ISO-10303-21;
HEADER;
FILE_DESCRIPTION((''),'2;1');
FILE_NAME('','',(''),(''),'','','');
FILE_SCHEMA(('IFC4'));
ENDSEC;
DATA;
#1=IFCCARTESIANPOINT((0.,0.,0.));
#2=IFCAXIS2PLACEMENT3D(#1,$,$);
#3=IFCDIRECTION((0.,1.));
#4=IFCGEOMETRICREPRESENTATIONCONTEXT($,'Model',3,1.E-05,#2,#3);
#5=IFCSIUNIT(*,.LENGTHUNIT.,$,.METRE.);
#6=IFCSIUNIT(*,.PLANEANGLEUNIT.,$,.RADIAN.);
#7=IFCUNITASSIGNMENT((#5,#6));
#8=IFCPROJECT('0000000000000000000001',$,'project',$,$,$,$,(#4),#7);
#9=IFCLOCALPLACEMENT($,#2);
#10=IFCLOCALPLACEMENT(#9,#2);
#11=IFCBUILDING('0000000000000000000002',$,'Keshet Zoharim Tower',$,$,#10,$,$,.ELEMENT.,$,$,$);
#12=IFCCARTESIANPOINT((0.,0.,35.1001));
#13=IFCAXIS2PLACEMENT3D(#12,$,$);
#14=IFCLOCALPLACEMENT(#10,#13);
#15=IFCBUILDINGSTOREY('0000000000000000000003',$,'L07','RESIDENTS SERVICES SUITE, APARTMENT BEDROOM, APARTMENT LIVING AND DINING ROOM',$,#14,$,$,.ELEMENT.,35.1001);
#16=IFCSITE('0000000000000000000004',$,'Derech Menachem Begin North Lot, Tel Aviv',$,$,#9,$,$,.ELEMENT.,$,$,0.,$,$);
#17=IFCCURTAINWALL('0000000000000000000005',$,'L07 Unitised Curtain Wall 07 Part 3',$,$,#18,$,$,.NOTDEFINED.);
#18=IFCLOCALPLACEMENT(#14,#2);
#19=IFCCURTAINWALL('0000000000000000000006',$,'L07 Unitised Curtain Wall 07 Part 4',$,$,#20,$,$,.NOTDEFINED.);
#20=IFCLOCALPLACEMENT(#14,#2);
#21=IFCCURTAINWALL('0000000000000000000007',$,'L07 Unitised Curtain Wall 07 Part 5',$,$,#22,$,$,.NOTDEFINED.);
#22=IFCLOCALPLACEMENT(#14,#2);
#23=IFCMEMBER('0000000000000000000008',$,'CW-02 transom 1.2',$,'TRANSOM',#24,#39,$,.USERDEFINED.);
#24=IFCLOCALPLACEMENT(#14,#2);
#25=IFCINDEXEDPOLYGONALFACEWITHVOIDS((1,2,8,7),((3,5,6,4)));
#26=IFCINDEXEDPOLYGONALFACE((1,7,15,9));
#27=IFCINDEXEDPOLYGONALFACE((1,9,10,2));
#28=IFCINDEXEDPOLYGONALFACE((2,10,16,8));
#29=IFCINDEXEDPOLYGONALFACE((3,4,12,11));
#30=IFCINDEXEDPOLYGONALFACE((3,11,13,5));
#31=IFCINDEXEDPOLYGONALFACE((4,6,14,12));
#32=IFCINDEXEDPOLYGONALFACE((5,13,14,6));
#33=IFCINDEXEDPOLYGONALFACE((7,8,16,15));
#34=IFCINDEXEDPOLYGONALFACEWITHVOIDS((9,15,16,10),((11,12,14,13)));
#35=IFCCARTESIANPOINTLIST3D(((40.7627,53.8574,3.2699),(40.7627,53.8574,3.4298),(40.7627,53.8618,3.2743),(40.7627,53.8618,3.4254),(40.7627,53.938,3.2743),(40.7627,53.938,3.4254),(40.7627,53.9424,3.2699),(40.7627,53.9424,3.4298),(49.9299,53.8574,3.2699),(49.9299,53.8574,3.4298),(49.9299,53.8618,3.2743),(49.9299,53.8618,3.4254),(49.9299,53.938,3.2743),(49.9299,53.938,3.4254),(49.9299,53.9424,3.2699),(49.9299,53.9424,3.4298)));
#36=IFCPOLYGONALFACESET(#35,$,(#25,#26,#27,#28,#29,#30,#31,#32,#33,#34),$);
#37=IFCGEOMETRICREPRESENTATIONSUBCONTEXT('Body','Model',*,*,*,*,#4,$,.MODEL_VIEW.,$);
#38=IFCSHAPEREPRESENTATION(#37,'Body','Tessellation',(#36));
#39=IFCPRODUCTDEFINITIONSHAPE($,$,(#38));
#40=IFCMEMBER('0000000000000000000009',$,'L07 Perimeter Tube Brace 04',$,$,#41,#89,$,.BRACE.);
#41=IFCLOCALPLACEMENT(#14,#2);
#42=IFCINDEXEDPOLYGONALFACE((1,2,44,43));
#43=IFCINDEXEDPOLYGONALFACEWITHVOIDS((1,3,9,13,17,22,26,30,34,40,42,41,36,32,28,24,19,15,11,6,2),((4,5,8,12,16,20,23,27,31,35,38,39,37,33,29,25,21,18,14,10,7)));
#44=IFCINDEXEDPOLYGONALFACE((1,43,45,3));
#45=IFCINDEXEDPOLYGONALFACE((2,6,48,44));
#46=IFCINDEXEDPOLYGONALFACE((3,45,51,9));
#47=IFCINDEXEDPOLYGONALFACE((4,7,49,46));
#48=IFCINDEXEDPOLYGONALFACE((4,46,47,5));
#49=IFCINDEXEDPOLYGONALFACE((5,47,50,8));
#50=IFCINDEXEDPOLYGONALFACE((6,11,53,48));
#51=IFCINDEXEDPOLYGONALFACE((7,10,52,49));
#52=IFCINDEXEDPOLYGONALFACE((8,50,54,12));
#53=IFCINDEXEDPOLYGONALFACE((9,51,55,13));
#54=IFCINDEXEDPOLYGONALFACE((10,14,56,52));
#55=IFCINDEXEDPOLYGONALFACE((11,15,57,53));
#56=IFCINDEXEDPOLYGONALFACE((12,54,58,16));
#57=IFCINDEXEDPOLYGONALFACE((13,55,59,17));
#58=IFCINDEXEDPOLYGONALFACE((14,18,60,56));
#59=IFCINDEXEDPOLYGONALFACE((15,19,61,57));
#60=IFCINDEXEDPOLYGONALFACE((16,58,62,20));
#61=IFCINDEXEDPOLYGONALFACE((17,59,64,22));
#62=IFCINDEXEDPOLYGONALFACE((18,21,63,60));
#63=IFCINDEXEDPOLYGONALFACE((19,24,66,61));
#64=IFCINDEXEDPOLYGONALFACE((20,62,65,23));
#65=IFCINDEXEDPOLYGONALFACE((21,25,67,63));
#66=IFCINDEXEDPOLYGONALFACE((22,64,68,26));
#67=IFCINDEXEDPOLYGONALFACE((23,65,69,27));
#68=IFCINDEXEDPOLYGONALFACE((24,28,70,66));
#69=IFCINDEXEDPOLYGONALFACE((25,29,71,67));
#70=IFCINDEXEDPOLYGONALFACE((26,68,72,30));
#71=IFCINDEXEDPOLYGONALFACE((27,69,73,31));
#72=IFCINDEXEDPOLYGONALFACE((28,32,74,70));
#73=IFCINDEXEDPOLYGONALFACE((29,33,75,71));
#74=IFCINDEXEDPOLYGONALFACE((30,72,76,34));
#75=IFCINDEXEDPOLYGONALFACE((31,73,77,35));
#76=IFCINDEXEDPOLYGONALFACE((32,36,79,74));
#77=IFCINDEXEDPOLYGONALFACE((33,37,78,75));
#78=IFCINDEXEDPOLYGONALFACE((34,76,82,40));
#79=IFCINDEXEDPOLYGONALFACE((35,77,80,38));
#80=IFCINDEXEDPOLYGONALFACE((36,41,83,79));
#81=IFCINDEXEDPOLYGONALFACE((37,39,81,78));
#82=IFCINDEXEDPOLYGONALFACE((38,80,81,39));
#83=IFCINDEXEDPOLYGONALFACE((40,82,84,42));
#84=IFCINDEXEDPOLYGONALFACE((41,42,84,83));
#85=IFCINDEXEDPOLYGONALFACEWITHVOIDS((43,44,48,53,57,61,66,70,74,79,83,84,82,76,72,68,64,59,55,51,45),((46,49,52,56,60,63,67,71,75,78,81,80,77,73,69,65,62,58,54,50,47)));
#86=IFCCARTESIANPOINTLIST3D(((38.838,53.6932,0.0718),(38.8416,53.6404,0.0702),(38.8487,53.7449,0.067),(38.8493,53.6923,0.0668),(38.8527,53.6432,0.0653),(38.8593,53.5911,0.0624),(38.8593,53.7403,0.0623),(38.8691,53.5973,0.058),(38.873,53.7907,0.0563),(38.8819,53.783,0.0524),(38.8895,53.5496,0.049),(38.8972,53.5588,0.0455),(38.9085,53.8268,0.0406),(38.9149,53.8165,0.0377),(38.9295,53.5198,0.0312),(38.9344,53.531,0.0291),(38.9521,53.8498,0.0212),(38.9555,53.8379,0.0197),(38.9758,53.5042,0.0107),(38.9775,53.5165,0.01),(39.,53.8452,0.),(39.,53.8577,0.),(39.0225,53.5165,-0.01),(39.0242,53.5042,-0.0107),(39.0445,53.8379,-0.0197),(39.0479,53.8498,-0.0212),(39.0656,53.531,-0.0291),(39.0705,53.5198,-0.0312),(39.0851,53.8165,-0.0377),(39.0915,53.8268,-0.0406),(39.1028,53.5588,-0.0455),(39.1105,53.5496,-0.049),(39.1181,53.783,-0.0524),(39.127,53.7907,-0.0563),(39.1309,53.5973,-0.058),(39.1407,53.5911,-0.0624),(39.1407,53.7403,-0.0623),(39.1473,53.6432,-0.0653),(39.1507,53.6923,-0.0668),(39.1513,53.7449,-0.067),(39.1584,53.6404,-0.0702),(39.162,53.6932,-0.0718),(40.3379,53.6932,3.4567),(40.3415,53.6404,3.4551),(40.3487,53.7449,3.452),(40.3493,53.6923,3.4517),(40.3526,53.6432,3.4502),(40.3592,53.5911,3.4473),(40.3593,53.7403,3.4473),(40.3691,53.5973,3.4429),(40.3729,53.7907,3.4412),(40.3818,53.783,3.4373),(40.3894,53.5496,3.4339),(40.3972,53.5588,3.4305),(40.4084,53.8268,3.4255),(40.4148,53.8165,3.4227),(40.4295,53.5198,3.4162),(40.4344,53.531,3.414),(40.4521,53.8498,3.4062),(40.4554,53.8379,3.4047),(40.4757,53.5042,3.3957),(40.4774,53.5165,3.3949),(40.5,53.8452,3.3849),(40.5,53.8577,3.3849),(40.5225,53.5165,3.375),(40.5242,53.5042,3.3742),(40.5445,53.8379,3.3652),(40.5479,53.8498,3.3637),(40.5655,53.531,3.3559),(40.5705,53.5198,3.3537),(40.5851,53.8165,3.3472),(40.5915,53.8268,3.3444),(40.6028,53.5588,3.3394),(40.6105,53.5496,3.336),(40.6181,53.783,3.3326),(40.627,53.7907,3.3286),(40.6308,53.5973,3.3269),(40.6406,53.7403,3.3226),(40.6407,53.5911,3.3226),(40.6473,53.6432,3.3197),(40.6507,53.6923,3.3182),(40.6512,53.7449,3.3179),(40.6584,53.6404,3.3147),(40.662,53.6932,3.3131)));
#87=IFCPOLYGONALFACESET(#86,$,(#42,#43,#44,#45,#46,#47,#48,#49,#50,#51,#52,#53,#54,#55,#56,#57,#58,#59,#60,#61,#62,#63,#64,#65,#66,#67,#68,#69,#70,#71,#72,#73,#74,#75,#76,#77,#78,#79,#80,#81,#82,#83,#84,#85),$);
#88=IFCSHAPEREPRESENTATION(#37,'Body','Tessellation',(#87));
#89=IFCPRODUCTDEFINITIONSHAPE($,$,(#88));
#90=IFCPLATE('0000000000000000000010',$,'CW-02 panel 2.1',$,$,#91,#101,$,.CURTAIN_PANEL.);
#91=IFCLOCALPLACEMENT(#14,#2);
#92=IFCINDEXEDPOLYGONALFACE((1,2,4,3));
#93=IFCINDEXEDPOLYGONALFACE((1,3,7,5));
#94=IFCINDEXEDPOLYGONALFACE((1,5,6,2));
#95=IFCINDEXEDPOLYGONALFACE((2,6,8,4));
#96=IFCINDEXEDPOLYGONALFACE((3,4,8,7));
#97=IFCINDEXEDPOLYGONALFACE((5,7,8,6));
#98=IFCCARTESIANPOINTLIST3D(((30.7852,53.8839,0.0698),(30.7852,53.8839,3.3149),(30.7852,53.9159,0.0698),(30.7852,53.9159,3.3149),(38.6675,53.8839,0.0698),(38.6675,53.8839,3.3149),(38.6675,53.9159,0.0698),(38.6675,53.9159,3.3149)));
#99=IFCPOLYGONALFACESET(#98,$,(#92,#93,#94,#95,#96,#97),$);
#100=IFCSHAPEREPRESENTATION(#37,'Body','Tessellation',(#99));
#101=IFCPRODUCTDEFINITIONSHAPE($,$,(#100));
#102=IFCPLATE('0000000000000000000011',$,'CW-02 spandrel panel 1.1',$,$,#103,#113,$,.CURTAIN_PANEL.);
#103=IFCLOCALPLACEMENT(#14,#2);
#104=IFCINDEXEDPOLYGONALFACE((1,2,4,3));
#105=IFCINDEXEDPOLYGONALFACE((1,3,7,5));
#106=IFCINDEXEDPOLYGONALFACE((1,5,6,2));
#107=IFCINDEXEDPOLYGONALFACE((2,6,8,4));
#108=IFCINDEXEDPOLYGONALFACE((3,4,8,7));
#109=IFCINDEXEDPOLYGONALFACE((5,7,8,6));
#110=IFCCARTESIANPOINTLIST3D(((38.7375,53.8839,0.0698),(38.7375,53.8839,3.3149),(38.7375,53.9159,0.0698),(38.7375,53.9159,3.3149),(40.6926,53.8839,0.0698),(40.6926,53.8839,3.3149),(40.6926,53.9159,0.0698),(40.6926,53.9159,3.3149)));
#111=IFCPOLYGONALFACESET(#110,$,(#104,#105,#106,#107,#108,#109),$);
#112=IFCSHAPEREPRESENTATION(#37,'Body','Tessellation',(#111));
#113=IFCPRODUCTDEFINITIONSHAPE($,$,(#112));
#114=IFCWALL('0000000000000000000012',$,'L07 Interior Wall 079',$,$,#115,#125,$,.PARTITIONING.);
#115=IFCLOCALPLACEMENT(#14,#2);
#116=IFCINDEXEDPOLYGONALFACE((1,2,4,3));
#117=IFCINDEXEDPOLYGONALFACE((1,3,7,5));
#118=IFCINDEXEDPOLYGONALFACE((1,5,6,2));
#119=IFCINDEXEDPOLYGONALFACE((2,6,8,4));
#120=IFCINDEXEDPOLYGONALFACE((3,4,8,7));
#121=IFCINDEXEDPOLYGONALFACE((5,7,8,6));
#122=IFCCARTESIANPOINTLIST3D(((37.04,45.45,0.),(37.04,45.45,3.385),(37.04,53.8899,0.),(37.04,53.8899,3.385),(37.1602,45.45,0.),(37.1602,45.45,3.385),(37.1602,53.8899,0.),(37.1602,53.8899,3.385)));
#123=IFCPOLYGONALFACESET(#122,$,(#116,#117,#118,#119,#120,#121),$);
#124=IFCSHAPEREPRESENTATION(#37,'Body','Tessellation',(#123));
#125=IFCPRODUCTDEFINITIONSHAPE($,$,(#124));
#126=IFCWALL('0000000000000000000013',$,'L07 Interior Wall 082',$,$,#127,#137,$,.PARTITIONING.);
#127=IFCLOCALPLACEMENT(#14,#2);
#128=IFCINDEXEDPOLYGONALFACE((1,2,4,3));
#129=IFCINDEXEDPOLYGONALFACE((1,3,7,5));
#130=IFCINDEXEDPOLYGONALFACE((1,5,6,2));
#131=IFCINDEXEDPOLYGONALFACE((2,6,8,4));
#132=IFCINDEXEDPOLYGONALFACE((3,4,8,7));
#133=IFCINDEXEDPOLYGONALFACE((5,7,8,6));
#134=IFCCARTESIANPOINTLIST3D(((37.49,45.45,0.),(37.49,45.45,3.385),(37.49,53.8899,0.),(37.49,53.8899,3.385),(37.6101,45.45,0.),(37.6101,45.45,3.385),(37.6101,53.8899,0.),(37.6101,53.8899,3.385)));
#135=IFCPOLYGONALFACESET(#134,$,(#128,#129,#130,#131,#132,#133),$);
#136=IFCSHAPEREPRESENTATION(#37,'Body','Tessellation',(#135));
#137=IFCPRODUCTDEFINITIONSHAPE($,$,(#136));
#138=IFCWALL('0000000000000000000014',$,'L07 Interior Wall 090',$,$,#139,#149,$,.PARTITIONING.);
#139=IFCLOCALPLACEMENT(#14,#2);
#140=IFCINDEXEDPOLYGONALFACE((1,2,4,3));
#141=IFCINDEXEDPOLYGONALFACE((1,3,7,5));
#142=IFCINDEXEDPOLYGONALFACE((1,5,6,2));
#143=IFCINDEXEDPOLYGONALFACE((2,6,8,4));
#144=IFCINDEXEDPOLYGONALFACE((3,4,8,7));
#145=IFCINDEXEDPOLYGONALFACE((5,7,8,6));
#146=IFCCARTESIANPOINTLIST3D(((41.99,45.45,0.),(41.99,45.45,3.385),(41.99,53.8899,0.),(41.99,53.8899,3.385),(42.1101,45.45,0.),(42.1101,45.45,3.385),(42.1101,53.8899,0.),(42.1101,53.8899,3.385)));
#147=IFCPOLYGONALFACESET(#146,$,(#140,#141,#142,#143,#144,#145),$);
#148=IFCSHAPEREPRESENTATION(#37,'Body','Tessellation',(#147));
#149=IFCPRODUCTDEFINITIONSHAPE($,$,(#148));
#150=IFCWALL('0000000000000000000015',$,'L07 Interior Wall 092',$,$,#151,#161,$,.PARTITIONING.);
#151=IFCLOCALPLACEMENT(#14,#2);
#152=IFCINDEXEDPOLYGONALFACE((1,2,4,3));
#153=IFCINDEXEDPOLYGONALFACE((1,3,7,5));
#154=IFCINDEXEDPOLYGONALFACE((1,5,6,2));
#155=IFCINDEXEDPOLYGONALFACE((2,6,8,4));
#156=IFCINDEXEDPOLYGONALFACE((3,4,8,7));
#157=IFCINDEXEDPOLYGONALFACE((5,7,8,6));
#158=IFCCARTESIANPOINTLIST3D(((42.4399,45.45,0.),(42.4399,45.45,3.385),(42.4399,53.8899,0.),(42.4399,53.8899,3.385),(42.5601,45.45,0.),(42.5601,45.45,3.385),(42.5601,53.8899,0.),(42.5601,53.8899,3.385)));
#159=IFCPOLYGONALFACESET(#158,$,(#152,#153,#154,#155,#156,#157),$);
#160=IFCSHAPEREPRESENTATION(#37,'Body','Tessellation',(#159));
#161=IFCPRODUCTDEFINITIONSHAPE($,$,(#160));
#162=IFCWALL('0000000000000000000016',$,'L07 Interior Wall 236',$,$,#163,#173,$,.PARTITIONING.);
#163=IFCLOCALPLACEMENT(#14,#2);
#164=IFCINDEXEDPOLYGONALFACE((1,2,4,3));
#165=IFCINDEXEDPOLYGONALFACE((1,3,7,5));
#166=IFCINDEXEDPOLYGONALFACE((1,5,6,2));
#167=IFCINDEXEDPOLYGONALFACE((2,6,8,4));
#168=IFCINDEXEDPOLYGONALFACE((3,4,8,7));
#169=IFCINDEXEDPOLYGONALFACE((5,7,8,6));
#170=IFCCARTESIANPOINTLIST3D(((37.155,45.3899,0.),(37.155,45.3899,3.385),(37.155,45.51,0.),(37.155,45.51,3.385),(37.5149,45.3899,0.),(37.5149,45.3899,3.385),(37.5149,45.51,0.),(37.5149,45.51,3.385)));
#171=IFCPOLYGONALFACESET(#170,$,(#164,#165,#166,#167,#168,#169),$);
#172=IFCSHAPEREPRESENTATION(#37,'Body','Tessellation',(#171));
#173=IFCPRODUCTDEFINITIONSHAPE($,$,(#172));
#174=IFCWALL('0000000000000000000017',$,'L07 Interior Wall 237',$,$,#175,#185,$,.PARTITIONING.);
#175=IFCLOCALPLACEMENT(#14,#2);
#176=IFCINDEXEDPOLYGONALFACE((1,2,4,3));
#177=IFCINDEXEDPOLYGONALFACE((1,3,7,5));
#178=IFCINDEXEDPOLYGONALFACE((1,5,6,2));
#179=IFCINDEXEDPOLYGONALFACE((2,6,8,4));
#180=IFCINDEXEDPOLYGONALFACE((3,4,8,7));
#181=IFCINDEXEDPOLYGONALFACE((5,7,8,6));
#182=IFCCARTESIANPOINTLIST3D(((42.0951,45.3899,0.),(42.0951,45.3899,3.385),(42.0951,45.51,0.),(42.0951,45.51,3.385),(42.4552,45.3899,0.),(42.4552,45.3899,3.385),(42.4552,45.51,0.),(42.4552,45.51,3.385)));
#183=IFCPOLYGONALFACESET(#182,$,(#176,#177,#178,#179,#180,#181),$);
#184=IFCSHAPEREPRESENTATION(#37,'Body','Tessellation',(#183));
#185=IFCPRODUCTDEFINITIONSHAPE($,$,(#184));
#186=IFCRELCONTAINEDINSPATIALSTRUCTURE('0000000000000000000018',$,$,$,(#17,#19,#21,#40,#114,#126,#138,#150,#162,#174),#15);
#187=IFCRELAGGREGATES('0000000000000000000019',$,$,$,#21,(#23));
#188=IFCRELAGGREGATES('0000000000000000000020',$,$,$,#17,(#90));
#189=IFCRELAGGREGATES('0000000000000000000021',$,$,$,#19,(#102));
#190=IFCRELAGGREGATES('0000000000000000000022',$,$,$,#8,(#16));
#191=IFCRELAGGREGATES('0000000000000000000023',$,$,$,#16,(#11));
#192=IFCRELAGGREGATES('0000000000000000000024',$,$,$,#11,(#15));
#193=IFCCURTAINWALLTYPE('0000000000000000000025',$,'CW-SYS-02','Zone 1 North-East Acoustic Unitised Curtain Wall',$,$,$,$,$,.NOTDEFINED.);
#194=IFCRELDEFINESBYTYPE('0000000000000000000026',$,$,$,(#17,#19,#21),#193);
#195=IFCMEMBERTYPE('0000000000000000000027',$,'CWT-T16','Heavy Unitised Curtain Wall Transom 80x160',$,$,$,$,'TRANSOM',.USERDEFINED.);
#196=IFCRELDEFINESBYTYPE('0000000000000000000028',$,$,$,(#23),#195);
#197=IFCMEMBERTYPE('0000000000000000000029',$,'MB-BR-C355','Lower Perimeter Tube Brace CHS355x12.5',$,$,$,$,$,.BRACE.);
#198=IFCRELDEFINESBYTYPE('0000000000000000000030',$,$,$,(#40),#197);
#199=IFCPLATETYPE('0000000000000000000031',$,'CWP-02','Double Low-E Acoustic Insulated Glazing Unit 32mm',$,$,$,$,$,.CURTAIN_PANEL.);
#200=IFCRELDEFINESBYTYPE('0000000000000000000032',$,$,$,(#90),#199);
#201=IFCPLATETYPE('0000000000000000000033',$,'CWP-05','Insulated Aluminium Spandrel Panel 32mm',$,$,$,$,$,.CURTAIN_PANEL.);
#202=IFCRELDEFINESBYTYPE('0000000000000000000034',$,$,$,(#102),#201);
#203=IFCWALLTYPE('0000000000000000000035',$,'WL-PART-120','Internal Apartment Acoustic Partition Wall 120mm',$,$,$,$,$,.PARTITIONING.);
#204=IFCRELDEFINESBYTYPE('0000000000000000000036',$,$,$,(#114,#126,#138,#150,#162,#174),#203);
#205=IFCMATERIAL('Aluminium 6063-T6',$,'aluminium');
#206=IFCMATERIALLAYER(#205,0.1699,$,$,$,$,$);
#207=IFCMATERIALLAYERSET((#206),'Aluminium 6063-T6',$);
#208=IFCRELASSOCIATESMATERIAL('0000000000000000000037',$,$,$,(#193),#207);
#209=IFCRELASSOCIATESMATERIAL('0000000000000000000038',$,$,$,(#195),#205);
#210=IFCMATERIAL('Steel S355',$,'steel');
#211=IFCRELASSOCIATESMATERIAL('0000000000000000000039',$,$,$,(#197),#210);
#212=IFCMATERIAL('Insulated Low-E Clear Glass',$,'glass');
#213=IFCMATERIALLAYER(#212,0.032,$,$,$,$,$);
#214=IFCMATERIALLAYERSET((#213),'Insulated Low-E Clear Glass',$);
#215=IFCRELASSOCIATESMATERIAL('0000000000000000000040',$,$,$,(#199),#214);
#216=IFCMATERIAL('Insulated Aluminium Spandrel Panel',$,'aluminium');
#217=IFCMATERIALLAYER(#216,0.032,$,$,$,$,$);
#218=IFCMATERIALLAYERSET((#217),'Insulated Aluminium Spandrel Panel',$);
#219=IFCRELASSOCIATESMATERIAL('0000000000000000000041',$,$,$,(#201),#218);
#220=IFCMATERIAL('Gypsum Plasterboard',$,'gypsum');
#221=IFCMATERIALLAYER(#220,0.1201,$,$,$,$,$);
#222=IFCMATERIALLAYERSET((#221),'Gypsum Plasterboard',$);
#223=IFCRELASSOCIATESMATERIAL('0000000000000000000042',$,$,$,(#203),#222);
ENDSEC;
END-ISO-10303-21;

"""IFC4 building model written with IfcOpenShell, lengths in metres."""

from ifc_helpers import new_model, si_unit, direction, frame, frame_2d, origin, origin_2d, place, context, subcontext, project, spatial, rectangle, hollow_rectangle, hollow_circle, extrude, material, layer, layer_set, material_profile, profile_set, type_object, element, aggregate, save


model = new_model("IFC4")

# Units and contexts
model_context = context("Model", 3, precision=1e-05, world=origin(), true_north=direction((0.0, 1.0)))
body_context = subcontext(model_context, "Body", "Model", "MODEL_VIEW")
ifc_project = project(units=[si_unit("LENGTHUNIT", "METRE"), si_unit("PLANEANGLEUNIT", "RADIAN")], contexts=[model_context])

# Site, building, storey
site_placement = place(None, origin())
site = spatial("IfcSite", under=ifc_project, at=site_placement, Name="Derech Menachem Begin North Lot, Tel Aviv", CompositionType="ELEMENT", RefElevation=0.0)
building_placement = place(site_placement, origin())
building = spatial("IfcBuilding", under=site, at=building_placement, Name="Keshet Zoharim Tower", CompositionType="ELEMENT")
storey_placement = place(building_placement, frame((0.0, 0.0, 35.1001)))
storey = spatial("IfcBuildingStorey", under=building, at=storey_placement, Name="L07", Description="RESIDENTS SERVICES SUITE, APARTMENT BEDROOM, APARTMENT LIVING AND DINING ROOM", CompositionType="ELEMENT", Elevation=35.1001)

# Shared definitions
ifc_material_1 = material(Name="Steel S355", Category="steel")

# Curtain wall
ifc_material_2 = material(Name="Aluminium 6063-T6", Category="aluminium")
ifc_layer_1 = layer(ifc_material_2, 0.1699)
ifc_layer_set_1 = layer_set([ifc_layer_1], Name="Aluminium 6063-T6")
curtain_wall_type = type_object("IfcCurtainWallType", Name="CW-SYS-02", Description="Zone 1 North-East Acoustic Unitised Curtain Wall", PredefinedType="NOTDEFINED", material=ifc_layer_set_1)
curtain_wall_1_placement = place(storey_placement, origin())
curtain_wall_1 = element("IfcCurtainWall", 1, at=curtain_wall_1_placement, inside=storey, type_object=curtain_wall_type, Name="L07 Unitised Curtain Wall 07 Part 3", PredefinedType="NOTDEFINED")

# Curtain walls, member
curtain_wall_2_placement = place(storey_placement, origin())
curtain_wall_2 = element("IfcCurtainWall", 2, at=curtain_wall_2_placement, inside=storey, type_object=curtain_wall_type, Name="L07 Unitised Curtain Wall 07 Part 4", PredefinedType="NOTDEFINED")
ifc_material_profile_1 = material_profile(ifc_material_2, hollow_rectangle(XDim=0.085, YDim=0.1599, WallThickness=0.0044, at=origin_2d()), Name="TRN-85x160")
ifc_profile_set_1 = profile_set([ifc_material_profile_1], Name="Aluminium 6063-T6")
member_type_1 = type_object("IfcMemberType", Name="CWT-T16", Description="Heavy Unitised Curtain Wall Transom 80x160", ElementType="TRANSOM", PredefinedType="USERDEFINED", material=ifc_profile_set_1)
curtain_wall_3_placement = place(storey_placement, origin())
curtain_wall_3 = element("IfcCurtainWall", 3, at=curtain_wall_3_placement, inside=storey, type_object=curtain_wall_type, Name="L07 Unitised Curtain Wall 07 Part 5", PredefinedType="NOTDEFINED")
member_1_placement = place(storey_placement, frame((40.7627, 53.8999, 3.3499), z_axis=(1.0, 0.0, 0.0), x_axis=(0.0, 1.0, 0.0)))
member_1 = element("IfcMember", 4, at=member_1_placement, type_object=member_type_1, Name="CW-02 transom 1.2", ObjectType="TRANSOM", PredefinedType="USERDEFINED", context=body_context, shape_type="SweptSolid", body=[
    extrude(hollow_rectangle(XDim=0.085, YDim=0.1599, WallThickness=0.0044, at=origin_2d()), origin(), (0.0, 0.0, 1.0), 9.1672),
])
aggregate(curtain_wall_3, [member_1])

# Member
ifc_material_profile_2 = material_profile(ifc_material_1, hollow_circle(Radius=0.1777, WallThickness=0.0125, at=origin_2d()), Name="CHS355x12.5")
ifc_profile_set_2 = profile_set([ifc_material_profile_2], Name="Steel S355")
member_type_2 = type_object("IfcMemberType", Name="MB-BR-C355", Description="Lower Perimeter Tube Brace CHS355x12.5", PredefinedType="BRACE", material=ifc_profile_set_2)
member_2_placement = place(storey_placement, frame((39.0, 53.6799, 0.0), z_axis=(0.405135, 0.0, 0.914257), x_axis=(0.0, 1.0, 0.0)))
element("IfcMember", 5, at=member_2_placement, inside=storey, type_object=member_type_2, Name="L07 Perimeter Tube Brace 04", PredefinedType="BRACE", context=body_context, shape_type="SweptSolid", body=[
    extrude(hollow_circle(Radius=0.1777, WallThickness=0.0125, at=origin_2d()), origin(), (0.0, 0.0, 1.0), 3.7024),
])

# Plates
ifc_material_3 = material(Name="Insulated Low-E Clear Glass", Category="glass")
ifc_layer_2 = layer(ifc_material_3, 0.032)
ifc_layer_set_2 = layer_set([ifc_layer_2], Name="Insulated Low-E Clear Glass")
plate_type_1 = type_object("IfcPlateType", Name="CWP-02", Description="Double Low-E Acoustic Insulated Glazing Unit 32mm", PredefinedType="CURTAIN_PANEL", material=ifc_layer_set_2)
plate_1_placement = place(storey_placement, frame((34.7263, 53.8999, 0.0698), z_axis=(0.0, 0.0, 1.0), x_axis=(1.0, 0.0, 0.0)))
plate_1 = element("IfcPlate", 6, at=plate_1_placement, type_object=plate_type_1, Name="CW-02 panel 2.1", PredefinedType="CURTAIN_PANEL", context=body_context, shape_type="SweptSolid", body=[
    extrude(rectangle(XDim=7.8823, YDim=0.032, at=origin_2d()), origin(), (0.0, 0.0, 1.0), 3.2451),
])
aggregate(curtain_wall_1, [plate_1])
ifc_material_4 = material(Name="Insulated Aluminium Spandrel Panel", Category="aluminium")
ifc_layer_3 = layer(ifc_material_4, 0.032)
ifc_layer_set_3 = layer_set([ifc_layer_3], Name="Insulated Aluminium Spandrel Panel")
plate_type_2 = type_object("IfcPlateType", Name="CWP-05", Description="Insulated Aluminium Spandrel Panel 32mm", PredefinedType="CURTAIN_PANEL", material=ifc_layer_set_3)
plate_2_placement = place(storey_placement, frame((39.7151, 53.8999, 0.0698), z_axis=(0.0, 0.0, 1.0), x_axis=(1.0, 0.0, 0.0)))
plate_2 = element("IfcPlate", 7, at=plate_2_placement, type_object=plate_type_2, Name="CW-02 spandrel panel 1.1", PredefinedType="CURTAIN_PANEL", context=body_context, shape_type="SweptSolid", body=[
    extrude(rectangle(XDim=1.9551, YDim=0.032, at=origin_2d()), origin(), (0.0, 0.0, 1.0), 3.2451),
])
aggregate(curtain_wall_2, [plate_2])

# Walls
ifc_material_5 = material(Name="Gypsum Plasterboard", Category="gypsum")
ifc_layer_4 = layer(ifc_material_5, 0.1201)
ifc_layer_set_4 = layer_set([ifc_layer_4], Name="Gypsum Plasterboard")
wall_type = type_object("IfcWallType", Name="WL-PART-120", Description="Internal Apartment Acoustic Partition Wall 120mm", PredefinedType="PARTITIONING", material=ifc_layer_set_4)
for number, where, z_axis, x_axis, name in (
    (8, (37.1001, 45.45, 0.0), (0.0, 0.0, 1.0), (0.0, 1.0, 0.0), "L07 Interior Wall 079"),
    (9, (37.55, 45.45, 0.0), (0.0, 0.0, 1.0), (0.0, 1.0, 0.0), "L07 Interior Wall 082"),
    (10, (42.05, 45.45, 0.0), (0.0, 0.0, 1.0), (0.0, 1.0, 0.0), "L07 Interior Wall 090"),
    (11, (42.5, 45.45, 0.0), (0.0, 0.0, 1.0), (0.0, 1.0, 0.0), "L07 Interior Wall 092"),
):
    element("IfcWall", number, at=place(storey_placement, frame(where, z_axis=z_axis, x_axis=x_axis)), inside=storey, type_object=wall_type, Name=name, PredefinedType="PARTITIONING", context=body_context, shape_type="SweptSolid", body=[
        extrude(rectangle(XDim=8.4399, YDim=0.1201, at=frame_2d((4.22, 0.0))), origin(), (0.0, 0.0, 1.0), 3.385),
    ])
wall_1_placement = place(storey_placement, frame((37.155, 45.45, 0.0), z_axis=(0.0, 0.0, 1.0), x_axis=(1.0, 0.0, 0.0)))
element("IfcWall", 12, at=wall_1_placement, inside=storey, type_object=wall_type, Name="L07 Interior Wall 236", PredefinedType="PARTITIONING", context=body_context, shape_type="SweptSolid", body=[
    extrude(rectangle(XDim=0.3599, YDim=0.1201, at=frame_2d((0.1799, 0.0))), origin(), (0.0, 0.0, 1.0), 3.385),
])
wall_2_placement = place(storey_placement, frame((42.095, 45.45, 0.0), z_axis=(0.0, 0.0, 1.0), x_axis=(1.0, 0.0, 0.0)))
element("IfcWall", 13, at=wall_2_placement, inside=storey, type_object=wall_type, Name="L07 Interior Wall 237", PredefinedType="PARTITIONING", context=body_context, shape_type="SweptSolid", body=[
    extrude(rectangle(XDim=0.3601, YDim=0.1201, at=frame_2d((0.1802, 0.0))), origin(), (0.0, 0.0, 1.0), 3.385),
])

save(model, "model.ifc")
